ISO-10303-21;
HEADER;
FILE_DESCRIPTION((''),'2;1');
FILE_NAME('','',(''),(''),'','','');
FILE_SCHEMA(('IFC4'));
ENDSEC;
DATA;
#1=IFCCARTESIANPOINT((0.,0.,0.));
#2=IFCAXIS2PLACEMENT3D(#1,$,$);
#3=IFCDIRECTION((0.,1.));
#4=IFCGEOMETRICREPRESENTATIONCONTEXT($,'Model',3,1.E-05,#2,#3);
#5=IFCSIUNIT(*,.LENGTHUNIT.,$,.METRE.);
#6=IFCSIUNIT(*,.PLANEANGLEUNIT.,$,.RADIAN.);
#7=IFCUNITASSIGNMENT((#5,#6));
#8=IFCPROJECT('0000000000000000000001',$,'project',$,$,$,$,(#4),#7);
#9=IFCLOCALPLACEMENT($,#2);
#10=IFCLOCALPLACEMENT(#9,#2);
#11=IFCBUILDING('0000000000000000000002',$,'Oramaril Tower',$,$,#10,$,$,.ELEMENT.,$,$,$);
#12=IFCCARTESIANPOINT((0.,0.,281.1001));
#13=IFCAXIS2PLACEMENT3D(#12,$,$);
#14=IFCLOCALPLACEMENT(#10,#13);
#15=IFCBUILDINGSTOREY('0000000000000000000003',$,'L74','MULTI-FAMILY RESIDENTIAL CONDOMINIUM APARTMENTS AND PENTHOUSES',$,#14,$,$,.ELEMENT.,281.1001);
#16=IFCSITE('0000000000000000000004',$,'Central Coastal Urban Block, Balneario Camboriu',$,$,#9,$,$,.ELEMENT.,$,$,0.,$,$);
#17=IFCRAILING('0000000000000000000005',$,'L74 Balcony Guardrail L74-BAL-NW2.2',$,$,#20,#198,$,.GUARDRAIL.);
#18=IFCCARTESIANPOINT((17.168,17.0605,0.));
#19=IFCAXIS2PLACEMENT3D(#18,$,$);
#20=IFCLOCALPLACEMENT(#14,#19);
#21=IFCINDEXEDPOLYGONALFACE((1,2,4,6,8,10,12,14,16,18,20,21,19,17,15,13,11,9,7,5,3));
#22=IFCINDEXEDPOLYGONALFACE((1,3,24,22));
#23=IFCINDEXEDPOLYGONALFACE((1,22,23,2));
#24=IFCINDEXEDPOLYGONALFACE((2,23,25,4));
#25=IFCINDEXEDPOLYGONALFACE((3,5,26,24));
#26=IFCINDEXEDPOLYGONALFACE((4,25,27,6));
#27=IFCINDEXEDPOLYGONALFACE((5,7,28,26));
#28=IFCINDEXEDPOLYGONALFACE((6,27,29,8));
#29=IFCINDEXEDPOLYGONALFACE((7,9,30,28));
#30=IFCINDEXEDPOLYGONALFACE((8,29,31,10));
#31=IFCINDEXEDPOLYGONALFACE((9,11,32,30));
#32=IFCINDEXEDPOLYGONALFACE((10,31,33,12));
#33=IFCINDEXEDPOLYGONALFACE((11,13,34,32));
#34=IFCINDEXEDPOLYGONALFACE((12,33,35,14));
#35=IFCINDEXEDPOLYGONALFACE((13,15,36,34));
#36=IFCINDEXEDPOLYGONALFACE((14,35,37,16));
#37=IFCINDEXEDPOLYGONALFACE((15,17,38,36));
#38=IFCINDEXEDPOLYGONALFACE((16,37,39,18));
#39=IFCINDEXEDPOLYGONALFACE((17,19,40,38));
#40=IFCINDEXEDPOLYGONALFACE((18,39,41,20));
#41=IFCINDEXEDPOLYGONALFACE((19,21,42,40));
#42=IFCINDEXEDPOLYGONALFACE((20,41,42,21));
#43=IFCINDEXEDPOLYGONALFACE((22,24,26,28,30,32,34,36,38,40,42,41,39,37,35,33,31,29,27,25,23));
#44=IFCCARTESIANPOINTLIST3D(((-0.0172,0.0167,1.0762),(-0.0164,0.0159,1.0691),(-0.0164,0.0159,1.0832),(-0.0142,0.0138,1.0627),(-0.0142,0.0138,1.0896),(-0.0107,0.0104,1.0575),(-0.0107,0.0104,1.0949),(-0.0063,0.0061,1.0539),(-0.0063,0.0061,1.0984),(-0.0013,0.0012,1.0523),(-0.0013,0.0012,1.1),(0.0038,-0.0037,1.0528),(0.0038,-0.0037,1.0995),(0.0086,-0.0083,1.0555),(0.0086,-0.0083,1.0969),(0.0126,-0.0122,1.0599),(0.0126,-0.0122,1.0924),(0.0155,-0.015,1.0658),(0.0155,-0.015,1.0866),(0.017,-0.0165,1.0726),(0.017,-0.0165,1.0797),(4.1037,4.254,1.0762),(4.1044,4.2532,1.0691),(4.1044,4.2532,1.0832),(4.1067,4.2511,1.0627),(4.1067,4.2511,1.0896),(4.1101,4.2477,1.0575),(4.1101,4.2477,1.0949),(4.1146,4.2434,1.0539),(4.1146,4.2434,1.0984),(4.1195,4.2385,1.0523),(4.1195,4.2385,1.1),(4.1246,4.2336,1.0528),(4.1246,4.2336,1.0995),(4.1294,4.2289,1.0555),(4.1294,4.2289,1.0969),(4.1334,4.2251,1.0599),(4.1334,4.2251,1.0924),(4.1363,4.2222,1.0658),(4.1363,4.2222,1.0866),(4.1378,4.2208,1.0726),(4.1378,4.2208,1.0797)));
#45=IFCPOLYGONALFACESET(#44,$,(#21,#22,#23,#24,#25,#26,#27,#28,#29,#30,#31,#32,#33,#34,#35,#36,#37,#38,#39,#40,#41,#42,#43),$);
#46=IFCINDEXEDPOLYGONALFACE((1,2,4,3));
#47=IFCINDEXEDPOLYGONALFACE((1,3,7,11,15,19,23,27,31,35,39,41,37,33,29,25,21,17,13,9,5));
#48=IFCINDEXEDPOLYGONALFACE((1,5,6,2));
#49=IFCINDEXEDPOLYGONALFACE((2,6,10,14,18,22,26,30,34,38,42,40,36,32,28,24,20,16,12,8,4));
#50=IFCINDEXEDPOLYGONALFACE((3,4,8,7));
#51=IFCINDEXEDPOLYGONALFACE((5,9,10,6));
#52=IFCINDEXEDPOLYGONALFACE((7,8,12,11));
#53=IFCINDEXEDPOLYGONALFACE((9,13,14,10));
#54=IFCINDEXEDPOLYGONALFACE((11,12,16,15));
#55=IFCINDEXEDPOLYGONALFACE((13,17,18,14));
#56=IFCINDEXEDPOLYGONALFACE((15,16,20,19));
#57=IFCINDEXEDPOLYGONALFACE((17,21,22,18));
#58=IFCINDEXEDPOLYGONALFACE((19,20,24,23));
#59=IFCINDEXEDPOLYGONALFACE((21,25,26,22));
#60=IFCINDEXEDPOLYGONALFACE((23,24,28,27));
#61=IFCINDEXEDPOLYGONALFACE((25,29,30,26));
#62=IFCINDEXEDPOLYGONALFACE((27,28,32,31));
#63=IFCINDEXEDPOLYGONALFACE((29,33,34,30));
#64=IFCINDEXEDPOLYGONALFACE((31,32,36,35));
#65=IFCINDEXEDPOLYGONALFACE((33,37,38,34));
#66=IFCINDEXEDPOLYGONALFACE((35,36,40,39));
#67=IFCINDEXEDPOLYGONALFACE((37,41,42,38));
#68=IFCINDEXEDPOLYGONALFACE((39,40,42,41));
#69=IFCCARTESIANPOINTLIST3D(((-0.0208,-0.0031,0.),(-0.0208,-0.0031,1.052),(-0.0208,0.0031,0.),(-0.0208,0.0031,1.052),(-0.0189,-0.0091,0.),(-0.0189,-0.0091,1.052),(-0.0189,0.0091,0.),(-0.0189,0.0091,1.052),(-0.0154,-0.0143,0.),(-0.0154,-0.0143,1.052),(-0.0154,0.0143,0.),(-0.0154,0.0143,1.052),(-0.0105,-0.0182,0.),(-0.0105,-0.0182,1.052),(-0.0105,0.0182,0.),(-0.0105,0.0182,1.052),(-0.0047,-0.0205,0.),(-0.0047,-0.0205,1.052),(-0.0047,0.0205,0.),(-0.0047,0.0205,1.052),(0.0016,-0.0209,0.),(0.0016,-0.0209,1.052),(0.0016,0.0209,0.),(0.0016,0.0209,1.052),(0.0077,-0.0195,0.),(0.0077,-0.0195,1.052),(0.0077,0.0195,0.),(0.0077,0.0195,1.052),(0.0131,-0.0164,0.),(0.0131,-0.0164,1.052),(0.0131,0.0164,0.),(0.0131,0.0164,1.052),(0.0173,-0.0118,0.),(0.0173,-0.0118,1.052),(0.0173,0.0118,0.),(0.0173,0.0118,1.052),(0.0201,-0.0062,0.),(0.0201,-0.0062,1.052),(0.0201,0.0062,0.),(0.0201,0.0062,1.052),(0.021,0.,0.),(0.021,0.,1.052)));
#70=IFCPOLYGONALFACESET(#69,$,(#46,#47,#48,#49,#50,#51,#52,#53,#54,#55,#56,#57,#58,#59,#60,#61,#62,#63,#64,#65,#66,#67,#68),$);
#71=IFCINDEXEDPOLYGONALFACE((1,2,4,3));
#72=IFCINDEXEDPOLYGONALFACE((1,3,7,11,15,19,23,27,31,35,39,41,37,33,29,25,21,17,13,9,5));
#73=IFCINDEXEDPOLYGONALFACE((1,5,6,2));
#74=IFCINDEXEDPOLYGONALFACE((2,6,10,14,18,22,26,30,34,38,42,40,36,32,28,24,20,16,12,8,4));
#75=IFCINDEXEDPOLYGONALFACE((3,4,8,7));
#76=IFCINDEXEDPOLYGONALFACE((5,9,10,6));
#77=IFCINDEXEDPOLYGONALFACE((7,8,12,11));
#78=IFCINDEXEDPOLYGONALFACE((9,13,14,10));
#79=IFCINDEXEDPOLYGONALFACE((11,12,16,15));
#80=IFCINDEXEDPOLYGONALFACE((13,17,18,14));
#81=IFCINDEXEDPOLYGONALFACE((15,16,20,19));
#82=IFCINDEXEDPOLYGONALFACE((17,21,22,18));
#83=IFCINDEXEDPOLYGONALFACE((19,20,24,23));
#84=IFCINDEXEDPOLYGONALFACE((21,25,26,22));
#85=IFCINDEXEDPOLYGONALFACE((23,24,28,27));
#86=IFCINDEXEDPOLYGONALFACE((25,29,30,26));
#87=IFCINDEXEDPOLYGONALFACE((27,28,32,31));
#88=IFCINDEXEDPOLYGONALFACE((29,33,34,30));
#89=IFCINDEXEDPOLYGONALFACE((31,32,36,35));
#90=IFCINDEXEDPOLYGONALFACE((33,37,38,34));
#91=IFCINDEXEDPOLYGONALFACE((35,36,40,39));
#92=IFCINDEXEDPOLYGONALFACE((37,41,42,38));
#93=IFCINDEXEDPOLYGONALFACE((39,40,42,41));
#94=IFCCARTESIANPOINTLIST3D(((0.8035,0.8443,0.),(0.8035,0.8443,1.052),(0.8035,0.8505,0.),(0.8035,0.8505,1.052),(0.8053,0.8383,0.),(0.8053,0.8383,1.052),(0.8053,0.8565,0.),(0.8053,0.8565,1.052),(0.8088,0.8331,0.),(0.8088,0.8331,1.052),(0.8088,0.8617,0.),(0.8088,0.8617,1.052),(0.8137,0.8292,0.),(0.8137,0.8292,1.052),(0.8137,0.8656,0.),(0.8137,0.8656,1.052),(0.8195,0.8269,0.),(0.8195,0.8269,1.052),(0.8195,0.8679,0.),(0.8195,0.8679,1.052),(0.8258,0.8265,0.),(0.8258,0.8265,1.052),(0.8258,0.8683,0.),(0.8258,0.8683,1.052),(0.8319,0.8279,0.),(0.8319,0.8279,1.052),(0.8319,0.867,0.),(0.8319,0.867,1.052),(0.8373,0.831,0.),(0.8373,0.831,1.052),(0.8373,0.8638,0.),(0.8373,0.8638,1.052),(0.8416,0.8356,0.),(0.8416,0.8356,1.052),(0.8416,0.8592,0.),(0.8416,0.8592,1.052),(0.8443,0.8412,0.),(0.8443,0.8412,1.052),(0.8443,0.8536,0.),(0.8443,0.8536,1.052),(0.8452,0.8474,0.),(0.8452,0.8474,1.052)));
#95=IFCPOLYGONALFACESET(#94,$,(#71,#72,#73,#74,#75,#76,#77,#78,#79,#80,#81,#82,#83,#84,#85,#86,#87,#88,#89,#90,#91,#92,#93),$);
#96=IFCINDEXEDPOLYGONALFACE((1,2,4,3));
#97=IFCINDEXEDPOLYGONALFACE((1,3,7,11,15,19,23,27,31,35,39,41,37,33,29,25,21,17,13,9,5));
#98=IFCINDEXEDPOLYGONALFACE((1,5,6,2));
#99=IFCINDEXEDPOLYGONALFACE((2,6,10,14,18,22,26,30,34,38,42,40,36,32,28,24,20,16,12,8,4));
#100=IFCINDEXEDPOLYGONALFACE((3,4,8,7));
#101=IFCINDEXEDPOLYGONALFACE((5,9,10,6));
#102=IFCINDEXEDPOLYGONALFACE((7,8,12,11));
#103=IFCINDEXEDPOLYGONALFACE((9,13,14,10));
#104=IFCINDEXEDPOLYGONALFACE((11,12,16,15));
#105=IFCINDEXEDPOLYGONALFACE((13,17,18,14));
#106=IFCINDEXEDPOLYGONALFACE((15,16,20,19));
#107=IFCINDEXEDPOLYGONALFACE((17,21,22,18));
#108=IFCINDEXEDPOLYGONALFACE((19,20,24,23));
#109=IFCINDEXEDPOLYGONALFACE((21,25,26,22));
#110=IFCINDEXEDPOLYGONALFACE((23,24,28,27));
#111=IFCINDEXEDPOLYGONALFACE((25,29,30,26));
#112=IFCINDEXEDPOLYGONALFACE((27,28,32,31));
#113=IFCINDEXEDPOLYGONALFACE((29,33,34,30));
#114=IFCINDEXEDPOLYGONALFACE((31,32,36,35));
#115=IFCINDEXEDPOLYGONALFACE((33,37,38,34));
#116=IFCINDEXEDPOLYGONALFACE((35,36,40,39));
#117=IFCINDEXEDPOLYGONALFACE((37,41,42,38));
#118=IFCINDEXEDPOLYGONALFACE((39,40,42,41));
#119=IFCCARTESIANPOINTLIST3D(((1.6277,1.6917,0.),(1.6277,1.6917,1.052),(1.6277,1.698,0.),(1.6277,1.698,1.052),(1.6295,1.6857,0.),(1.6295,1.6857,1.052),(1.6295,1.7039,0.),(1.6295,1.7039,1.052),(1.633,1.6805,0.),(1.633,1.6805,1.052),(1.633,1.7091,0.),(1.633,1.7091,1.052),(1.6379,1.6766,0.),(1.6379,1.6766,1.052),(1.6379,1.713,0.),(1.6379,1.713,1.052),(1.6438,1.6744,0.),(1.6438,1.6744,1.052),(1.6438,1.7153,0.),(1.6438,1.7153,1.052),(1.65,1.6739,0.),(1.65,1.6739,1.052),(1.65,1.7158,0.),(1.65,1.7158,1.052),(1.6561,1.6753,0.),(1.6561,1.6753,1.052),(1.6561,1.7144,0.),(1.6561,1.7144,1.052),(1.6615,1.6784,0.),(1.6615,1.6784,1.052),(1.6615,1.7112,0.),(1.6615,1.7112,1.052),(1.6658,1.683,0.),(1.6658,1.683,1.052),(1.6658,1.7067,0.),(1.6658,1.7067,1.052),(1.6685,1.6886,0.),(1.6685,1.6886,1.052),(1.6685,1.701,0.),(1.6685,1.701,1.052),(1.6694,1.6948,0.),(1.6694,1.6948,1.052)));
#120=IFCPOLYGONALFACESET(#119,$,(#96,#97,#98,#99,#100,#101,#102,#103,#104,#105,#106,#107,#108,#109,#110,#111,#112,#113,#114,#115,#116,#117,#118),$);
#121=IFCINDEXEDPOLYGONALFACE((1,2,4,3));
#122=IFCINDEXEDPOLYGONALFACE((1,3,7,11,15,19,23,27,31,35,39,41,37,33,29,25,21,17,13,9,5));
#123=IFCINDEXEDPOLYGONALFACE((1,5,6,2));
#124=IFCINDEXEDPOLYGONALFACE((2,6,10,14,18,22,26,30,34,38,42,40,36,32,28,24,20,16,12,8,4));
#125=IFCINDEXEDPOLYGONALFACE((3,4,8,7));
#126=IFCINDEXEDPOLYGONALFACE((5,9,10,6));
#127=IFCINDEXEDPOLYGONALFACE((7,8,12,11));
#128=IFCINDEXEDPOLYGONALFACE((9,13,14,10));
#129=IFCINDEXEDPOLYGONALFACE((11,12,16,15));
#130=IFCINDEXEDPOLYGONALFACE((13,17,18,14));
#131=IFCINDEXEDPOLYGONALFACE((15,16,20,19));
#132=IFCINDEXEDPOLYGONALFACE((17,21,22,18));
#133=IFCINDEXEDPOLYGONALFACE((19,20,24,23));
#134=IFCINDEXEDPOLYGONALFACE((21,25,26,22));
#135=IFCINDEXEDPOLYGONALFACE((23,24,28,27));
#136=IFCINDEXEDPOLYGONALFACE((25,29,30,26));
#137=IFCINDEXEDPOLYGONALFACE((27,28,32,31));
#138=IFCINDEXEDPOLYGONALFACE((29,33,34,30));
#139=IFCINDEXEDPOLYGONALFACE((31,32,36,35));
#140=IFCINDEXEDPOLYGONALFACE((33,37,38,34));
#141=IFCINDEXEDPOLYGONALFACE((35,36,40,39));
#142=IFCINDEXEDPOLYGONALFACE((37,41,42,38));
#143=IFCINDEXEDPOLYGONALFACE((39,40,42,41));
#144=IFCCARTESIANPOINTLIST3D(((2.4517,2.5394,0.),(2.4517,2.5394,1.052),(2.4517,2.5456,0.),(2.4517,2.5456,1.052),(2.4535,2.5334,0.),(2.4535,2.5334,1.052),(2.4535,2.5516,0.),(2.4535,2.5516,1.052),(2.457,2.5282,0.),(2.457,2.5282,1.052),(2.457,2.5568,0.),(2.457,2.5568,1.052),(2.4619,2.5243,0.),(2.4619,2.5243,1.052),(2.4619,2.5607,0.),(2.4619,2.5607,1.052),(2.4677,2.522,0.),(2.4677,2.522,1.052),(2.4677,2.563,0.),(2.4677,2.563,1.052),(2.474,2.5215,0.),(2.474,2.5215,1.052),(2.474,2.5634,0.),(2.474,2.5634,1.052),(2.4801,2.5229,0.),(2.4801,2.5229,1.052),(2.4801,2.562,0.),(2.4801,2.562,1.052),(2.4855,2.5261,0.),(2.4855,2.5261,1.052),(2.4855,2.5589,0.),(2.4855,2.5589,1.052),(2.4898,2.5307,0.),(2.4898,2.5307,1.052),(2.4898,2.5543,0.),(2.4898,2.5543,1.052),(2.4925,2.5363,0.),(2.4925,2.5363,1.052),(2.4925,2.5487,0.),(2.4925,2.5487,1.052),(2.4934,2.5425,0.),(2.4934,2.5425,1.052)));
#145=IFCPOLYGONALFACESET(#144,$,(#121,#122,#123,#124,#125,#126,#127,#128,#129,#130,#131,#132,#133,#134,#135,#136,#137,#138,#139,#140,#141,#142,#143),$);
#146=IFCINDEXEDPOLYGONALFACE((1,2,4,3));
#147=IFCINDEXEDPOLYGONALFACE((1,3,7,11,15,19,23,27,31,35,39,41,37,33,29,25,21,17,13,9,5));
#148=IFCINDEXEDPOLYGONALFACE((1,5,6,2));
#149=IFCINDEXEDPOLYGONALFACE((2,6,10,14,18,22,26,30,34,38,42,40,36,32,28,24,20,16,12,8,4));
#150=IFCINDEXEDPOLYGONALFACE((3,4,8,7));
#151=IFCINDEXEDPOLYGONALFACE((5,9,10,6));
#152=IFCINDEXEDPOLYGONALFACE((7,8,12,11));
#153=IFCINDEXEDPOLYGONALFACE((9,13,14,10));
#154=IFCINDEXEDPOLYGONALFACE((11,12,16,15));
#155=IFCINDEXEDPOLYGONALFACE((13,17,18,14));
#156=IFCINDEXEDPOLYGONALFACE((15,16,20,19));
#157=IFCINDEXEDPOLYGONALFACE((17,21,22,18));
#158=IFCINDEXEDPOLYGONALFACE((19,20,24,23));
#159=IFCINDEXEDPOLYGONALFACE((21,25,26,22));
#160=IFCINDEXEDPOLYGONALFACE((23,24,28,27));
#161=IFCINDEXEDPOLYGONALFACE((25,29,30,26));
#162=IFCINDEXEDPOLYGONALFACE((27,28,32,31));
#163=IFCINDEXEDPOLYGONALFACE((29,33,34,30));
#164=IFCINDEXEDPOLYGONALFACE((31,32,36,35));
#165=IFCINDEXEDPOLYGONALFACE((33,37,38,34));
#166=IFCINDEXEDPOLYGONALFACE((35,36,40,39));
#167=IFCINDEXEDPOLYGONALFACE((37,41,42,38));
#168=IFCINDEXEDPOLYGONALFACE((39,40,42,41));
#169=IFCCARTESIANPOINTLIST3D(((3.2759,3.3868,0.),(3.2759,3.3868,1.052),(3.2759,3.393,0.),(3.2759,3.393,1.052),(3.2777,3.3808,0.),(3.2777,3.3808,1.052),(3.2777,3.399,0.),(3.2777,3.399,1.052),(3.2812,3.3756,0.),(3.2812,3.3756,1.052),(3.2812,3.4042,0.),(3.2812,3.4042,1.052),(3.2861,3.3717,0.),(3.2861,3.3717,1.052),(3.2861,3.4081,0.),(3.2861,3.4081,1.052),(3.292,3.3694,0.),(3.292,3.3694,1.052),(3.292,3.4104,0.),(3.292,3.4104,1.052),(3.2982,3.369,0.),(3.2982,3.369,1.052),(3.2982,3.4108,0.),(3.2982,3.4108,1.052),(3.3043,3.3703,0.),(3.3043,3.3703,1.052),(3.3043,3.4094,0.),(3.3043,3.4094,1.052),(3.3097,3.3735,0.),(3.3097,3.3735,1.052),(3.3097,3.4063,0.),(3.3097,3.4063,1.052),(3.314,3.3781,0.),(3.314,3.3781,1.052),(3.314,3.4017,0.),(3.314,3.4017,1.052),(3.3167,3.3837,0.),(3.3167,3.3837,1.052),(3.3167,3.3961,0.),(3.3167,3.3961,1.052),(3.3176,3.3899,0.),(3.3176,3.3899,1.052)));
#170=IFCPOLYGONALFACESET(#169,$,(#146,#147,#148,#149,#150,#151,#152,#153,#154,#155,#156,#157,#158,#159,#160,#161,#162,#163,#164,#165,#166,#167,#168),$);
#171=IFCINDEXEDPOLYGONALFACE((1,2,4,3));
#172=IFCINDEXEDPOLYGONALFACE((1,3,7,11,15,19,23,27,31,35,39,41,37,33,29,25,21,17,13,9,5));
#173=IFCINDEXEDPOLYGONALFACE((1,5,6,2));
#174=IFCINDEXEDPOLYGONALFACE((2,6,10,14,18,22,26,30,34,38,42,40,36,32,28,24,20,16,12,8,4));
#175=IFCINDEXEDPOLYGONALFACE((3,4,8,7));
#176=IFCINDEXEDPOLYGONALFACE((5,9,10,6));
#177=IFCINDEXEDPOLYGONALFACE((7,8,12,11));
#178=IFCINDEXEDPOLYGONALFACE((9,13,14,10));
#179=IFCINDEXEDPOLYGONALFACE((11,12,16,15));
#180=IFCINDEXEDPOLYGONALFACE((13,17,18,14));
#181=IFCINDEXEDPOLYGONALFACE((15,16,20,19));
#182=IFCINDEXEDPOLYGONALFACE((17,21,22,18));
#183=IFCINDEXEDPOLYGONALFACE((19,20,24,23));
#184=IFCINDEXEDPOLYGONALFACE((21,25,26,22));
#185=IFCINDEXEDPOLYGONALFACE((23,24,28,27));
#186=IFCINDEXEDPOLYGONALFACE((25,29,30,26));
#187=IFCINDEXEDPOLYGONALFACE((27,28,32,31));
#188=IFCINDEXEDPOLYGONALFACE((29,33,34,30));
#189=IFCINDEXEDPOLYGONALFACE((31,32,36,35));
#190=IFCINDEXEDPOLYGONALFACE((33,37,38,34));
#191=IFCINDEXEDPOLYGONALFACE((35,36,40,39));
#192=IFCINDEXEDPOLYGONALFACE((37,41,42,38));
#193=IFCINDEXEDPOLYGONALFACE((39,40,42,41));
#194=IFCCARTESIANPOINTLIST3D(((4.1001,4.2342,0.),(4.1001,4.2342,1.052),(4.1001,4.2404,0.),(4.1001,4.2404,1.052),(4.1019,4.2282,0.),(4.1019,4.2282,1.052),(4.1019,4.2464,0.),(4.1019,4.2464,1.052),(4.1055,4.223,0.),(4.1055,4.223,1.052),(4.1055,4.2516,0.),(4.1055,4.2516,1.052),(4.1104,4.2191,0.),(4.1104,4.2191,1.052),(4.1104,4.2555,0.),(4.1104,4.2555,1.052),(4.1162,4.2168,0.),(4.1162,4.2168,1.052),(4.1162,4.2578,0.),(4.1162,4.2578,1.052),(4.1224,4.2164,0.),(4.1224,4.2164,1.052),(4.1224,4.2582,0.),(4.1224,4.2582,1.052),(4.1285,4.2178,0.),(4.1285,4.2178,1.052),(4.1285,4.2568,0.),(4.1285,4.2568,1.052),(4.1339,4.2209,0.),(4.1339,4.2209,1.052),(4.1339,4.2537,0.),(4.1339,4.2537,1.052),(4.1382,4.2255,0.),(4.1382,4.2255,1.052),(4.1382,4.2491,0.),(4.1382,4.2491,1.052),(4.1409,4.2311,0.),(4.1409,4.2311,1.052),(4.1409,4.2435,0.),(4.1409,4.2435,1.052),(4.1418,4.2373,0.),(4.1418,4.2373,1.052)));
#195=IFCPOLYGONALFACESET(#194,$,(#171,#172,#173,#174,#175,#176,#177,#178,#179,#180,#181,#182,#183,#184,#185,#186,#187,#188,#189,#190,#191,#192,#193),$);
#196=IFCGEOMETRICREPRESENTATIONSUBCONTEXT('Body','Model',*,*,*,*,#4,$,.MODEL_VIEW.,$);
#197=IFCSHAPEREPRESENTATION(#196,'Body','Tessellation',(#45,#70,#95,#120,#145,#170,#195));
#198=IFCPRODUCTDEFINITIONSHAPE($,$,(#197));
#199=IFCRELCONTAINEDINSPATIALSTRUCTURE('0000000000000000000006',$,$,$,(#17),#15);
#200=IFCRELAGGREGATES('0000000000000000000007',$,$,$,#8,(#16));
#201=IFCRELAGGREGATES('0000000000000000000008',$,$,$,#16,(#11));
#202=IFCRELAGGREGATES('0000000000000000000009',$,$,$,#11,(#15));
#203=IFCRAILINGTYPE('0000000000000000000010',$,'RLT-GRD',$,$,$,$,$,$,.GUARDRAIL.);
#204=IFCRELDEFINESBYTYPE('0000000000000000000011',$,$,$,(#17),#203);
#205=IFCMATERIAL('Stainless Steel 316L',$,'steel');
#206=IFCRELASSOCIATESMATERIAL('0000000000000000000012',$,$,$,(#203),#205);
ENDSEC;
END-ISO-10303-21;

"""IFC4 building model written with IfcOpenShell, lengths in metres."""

from ifc_helpers import new_model, si_unit, direction, frame, origin, origin_2d, place, context, subcontext, project, spatial, circle, extrude, material, type_object, element, save


model = new_model("IFC4")

# Units and contexts
model_context = context("Model", 3, precision=1e-05, world=origin(), true_north=direction((0.0, 1.0)))
body_context = subcontext(model_context, "Body", "Model", "MODEL_VIEW")
ifc_project = project(units=[si_unit("LENGTHUNIT", "METRE"), si_unit("PLANEANGLEUNIT", "RADIAN")], contexts=[model_context])

# Site, building, storey
site_placement = place(None, origin())
site = spatial("IfcSite", under=ifc_project, at=site_placement, Name="Central Coastal Urban Block, Balneario Camboriu", CompositionType="ELEMENT", RefElevation=0.0)
building_placement = place(site_placement, origin())
building = spatial("IfcBuilding", under=site, at=building_placement, Name="Oramaril Tower", CompositionType="ELEMENT")
storey_placement = place(building_placement, frame((0.0, 0.0, 281.1001)))
storey = spatial("IfcBuildingStorey", under=building, at=storey_placement, Name="L74", Description="MULTI-FAMILY RESIDENTIAL CONDOMINIUM APARTMENTS AND PENTHOUSES", CompositionType="ELEMENT", Elevation=281.1001)

# Railing
ifc_material_1 = material(Name="Stainless Steel 316L", Category="steel")
railing_type = type_object("IfcRailingType", Name="RLT-GRD", PredefinedType="GUARDRAIL", material=ifc_material_1)
railing_1_placement = place(storey_placement, frame((17.168, 17.0605, 0.0)))
element("IfcRailing", 1, at=railing_1_placement, inside=storey, type_object=railing_type, Name="L74 Balcony Guardrail L74-BAL-NW2.2", PredefinedType="GUARDRAIL", context=body_context, shape_type="SweptSolid", body=[
    extrude(circle(Radius=0.0239, at=origin_2d()), frame((0.0, 0.0, 1.0762), z_axis=(0.697187, 0.716889, 0.0), x_axis=(-0.716889, 0.697187, 0.0)), (0.0, 0.0, 1.0), 5.9106),
    extrude(circle(Radius=0.021, at=origin_2d()), origin(), (0.0, 0.0, 1.0), 1.052),
    extrude(circle(Radius=0.021, at=origin_2d()), frame((0.8242, 0.8474, 0.0)), (0.0, 0.0, 1.0), 1.052),
    extrude(circle(Radius=0.021, at=origin_2d()), frame((1.6484, 1.6948, 0.0)), (0.0, 0.0, 1.0), 1.052),
    extrude(circle(Radius=0.021, at=origin_2d()), frame((2.4724, 2.5425, 0.0)), (0.0, 0.0, 1.0), 1.052),
    extrude(circle(Radius=0.021, at=origin_2d()), frame((3.2966, 3.3899, 0.0)), (0.0, 0.0, 1.0), 1.052),
    extrude(circle(Radius=0.021, at=origin_2d()), frame((4.1208, 4.2373, 0.0)), (0.0, 0.0, 1.0), 1.052),
])

save(model, "model.ifc")
